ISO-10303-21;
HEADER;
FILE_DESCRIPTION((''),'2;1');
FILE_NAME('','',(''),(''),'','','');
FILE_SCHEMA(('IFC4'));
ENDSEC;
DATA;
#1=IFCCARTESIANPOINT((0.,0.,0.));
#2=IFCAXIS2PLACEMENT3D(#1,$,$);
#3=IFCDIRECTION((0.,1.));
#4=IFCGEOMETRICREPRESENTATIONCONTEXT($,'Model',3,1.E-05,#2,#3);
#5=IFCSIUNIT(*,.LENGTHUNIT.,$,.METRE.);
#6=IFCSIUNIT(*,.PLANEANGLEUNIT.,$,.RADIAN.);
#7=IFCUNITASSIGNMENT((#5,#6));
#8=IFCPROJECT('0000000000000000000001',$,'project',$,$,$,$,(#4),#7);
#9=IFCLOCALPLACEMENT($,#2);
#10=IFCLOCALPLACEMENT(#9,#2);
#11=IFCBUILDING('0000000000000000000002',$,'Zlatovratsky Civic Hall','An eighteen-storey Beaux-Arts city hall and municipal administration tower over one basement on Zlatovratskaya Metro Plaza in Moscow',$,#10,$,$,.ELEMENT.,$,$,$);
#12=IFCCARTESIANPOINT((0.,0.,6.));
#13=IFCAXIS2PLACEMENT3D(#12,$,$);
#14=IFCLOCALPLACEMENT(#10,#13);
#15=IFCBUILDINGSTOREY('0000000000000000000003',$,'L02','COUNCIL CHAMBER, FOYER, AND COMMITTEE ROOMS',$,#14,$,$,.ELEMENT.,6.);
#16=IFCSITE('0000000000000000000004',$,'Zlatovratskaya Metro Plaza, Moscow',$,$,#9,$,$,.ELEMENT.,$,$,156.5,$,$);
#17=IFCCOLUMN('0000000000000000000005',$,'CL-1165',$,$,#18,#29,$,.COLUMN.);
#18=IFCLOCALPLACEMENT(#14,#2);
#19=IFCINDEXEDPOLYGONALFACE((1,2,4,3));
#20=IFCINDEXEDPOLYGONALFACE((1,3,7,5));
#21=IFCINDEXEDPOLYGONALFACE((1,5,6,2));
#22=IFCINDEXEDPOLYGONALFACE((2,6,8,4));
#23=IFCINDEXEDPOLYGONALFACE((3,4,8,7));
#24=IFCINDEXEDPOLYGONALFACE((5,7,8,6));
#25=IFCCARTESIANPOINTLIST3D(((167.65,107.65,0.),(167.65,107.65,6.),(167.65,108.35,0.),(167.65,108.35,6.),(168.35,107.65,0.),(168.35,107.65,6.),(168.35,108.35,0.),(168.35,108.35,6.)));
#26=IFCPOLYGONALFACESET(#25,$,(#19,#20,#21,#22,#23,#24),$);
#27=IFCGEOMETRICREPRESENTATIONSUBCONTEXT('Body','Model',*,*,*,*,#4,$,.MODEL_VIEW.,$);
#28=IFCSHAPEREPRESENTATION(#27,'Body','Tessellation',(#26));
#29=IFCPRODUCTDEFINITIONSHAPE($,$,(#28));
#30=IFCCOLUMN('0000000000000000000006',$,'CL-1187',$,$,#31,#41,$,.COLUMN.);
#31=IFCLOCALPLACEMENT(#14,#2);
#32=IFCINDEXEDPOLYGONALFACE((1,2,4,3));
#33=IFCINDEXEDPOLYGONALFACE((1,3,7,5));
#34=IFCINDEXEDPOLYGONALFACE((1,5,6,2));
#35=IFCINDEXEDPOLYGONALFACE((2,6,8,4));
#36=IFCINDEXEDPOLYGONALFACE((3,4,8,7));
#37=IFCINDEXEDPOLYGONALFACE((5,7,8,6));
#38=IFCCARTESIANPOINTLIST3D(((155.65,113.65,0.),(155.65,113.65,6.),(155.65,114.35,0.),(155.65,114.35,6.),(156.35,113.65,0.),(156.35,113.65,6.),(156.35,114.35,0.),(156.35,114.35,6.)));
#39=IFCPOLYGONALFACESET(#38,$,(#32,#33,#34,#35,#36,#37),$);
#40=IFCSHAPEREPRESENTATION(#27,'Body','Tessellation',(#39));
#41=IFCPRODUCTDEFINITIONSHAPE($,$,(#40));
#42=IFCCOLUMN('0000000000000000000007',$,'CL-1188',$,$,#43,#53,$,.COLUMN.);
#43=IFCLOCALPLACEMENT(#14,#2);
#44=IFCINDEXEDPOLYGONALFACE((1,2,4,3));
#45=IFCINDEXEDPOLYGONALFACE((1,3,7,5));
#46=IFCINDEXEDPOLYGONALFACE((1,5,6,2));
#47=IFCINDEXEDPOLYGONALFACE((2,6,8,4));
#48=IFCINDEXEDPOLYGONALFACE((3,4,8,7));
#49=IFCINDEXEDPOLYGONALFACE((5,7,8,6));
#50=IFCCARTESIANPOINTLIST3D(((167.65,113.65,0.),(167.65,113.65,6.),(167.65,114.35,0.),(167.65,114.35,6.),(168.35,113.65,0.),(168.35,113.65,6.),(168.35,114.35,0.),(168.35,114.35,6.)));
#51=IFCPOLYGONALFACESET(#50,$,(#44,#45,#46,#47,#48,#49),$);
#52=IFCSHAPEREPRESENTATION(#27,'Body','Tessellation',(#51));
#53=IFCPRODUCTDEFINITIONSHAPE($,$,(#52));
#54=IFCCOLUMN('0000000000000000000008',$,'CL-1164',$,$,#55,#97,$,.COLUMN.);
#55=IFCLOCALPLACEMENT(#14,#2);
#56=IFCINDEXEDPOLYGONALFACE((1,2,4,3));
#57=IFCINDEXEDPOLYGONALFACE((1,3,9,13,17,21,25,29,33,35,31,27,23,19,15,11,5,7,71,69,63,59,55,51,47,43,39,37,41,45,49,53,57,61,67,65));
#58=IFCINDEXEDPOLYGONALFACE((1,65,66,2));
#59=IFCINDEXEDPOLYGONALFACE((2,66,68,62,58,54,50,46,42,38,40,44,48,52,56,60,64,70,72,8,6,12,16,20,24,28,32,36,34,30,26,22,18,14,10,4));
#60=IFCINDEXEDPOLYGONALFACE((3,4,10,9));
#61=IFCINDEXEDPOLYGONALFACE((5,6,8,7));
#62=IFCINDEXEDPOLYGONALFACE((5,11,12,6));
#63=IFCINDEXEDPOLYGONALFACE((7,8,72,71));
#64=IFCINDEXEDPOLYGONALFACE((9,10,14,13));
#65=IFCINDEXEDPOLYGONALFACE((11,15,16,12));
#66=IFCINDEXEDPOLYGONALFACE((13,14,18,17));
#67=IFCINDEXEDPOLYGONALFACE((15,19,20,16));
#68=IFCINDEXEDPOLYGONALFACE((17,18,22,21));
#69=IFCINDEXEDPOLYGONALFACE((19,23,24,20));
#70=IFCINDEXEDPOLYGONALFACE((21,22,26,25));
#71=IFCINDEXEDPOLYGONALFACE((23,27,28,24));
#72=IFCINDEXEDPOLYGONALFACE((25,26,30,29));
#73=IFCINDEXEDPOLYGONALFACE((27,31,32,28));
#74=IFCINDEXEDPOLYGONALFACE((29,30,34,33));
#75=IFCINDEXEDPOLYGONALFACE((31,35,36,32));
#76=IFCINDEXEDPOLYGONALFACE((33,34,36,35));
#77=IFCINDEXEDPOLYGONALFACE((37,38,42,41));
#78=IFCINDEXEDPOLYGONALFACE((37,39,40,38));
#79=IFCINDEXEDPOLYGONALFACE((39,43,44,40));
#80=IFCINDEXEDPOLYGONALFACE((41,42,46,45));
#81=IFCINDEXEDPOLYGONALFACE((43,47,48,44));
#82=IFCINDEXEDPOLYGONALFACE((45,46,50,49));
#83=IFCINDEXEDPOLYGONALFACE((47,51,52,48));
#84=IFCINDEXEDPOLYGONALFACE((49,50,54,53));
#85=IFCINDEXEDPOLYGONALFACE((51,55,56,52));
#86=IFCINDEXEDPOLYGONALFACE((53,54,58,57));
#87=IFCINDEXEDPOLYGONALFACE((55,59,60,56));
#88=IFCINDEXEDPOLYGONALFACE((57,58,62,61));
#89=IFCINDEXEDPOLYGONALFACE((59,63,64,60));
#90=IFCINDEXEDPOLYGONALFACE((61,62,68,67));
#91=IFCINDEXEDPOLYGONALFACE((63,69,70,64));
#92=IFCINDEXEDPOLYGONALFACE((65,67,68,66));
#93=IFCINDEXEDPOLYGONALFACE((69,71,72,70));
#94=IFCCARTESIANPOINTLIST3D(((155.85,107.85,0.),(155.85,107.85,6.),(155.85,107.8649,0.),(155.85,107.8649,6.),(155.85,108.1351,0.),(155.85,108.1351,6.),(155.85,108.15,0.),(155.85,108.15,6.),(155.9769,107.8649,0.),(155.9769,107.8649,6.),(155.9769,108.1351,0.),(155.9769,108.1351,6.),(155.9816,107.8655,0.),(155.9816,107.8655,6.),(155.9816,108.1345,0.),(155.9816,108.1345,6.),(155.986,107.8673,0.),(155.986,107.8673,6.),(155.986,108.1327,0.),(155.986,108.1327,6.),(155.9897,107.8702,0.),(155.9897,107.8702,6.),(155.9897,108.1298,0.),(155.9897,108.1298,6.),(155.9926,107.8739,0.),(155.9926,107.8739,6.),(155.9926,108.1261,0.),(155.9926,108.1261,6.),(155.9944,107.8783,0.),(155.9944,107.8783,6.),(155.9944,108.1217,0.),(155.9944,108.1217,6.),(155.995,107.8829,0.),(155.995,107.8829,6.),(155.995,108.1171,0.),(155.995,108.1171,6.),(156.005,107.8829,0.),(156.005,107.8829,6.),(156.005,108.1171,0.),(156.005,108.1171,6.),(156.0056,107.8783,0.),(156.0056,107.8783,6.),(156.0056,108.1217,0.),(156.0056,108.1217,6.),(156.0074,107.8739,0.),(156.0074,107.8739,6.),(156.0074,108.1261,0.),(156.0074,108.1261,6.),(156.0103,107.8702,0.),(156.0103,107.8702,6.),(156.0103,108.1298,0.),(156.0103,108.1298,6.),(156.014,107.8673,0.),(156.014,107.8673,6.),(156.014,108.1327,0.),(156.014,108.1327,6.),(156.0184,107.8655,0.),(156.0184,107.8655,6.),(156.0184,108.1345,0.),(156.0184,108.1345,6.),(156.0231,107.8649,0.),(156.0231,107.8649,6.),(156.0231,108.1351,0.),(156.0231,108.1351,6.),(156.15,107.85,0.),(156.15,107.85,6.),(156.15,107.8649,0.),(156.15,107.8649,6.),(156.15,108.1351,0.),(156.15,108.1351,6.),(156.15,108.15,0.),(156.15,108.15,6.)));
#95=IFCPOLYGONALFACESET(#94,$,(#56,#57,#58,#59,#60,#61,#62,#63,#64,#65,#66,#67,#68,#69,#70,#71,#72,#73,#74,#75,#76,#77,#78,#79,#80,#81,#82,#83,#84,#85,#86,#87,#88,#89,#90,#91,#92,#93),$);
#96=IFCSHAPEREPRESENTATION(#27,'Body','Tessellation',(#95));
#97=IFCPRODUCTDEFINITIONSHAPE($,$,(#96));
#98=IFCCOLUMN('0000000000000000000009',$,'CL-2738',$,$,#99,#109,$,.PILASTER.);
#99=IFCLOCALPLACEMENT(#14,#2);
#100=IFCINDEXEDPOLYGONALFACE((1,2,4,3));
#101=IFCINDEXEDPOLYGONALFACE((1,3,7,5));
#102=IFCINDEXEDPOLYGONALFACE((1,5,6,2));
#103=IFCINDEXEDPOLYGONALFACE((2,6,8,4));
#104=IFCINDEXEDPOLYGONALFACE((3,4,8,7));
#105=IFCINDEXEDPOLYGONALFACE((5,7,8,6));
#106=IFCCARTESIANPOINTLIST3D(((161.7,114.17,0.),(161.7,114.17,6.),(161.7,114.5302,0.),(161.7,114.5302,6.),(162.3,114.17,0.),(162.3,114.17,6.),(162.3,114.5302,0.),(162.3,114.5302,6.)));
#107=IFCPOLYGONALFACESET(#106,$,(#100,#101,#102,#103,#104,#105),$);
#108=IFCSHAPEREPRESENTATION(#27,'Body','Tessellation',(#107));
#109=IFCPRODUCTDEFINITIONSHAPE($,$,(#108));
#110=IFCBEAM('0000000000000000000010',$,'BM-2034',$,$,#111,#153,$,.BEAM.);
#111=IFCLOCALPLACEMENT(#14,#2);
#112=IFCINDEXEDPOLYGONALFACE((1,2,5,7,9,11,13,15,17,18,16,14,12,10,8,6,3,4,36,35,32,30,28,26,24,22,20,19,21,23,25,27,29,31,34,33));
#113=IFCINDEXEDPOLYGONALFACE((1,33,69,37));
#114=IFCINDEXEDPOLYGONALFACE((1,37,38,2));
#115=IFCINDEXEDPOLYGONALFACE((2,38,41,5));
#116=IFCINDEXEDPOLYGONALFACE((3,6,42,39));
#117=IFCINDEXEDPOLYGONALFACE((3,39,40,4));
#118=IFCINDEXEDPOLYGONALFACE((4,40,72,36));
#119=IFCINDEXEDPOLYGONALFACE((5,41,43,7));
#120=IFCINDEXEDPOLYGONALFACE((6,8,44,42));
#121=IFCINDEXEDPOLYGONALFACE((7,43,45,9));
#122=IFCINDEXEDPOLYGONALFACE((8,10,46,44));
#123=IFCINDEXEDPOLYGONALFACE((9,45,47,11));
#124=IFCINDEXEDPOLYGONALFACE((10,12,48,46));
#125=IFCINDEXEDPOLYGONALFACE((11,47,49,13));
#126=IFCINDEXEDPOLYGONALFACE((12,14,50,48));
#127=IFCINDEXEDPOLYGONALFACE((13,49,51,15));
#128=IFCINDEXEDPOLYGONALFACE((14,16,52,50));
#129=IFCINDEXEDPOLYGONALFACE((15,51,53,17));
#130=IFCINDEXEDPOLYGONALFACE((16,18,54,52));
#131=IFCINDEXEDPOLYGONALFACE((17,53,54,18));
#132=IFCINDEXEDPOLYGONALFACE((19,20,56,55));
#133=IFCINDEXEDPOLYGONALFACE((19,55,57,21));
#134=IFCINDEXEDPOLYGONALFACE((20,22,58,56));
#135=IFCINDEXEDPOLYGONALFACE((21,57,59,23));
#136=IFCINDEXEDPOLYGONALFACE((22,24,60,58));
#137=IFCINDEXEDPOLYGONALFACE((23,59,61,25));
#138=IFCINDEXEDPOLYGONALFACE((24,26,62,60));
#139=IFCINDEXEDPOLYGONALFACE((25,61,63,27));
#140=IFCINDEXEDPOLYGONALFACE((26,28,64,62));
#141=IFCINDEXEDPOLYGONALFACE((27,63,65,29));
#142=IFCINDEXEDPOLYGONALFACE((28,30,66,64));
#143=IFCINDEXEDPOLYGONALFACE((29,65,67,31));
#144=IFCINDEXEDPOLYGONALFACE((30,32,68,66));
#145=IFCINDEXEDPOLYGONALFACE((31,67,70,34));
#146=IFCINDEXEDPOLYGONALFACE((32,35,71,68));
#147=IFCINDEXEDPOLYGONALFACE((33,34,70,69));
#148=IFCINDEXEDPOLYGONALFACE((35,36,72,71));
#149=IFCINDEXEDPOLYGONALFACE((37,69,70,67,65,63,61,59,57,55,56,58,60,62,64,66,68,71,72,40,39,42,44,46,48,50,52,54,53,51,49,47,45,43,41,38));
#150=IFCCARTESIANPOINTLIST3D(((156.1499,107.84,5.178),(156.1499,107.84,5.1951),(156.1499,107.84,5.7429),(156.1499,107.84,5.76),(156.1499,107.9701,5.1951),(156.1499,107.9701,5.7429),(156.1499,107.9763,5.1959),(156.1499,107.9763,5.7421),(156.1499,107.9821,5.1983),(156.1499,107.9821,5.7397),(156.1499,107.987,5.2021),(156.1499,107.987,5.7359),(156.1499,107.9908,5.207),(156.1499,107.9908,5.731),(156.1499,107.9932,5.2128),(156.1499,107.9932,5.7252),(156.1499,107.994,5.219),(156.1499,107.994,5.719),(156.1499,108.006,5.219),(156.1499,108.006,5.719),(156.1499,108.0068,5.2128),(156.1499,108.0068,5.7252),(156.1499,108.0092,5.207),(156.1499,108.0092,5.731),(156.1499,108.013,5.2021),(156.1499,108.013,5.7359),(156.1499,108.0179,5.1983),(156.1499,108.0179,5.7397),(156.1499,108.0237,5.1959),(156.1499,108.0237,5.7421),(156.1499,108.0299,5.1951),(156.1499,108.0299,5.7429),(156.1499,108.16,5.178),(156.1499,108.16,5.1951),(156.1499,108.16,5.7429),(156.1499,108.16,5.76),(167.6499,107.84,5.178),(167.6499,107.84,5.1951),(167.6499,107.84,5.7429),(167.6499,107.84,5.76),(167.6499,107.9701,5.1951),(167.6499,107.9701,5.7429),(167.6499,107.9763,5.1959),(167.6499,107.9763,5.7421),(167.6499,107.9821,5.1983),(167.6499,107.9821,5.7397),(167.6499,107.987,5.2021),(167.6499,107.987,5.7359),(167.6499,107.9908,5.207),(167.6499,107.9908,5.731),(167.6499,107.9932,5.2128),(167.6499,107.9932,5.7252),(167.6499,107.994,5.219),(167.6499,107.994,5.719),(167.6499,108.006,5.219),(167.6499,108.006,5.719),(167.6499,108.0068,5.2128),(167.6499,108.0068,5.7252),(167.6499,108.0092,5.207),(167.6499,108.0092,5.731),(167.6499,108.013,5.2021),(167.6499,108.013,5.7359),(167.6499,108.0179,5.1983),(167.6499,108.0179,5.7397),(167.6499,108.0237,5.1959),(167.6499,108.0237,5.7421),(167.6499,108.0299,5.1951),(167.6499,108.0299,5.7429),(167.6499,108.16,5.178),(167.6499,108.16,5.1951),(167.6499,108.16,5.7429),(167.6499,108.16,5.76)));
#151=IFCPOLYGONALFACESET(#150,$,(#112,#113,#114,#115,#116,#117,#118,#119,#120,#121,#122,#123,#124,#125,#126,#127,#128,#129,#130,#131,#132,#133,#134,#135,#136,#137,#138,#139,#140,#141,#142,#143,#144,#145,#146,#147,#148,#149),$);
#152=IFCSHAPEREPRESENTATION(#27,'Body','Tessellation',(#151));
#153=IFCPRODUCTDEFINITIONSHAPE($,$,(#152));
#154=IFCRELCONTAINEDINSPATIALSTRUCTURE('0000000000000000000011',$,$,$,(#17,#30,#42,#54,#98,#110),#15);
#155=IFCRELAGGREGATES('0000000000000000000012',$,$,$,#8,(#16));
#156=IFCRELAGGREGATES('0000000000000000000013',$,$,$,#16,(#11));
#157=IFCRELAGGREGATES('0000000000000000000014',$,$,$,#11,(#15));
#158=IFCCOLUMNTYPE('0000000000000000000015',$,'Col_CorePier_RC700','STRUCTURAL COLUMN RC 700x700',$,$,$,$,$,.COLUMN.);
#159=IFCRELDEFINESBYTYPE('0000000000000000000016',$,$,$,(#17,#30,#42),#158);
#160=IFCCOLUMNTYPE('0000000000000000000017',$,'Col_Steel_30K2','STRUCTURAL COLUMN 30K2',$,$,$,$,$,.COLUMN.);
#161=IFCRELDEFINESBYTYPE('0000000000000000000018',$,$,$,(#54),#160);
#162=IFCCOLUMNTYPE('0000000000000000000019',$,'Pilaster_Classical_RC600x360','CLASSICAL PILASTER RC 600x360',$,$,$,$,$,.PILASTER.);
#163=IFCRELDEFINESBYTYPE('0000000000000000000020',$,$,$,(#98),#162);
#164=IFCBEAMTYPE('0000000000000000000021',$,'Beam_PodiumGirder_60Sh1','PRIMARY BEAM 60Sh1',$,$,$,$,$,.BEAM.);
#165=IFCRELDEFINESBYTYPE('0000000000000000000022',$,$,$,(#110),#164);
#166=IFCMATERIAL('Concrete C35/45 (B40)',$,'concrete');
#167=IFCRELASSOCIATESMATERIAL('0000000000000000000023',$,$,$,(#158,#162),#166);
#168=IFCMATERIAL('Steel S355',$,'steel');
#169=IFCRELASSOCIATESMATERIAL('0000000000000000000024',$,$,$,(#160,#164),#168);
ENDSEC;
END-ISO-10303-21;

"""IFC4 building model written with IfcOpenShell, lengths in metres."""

from ifc_helpers import new_model, si_unit, direction, frame, origin, origin_2d, place, context, subcontext, project, spatial, rectangle, i_section, extrude, material, material_profile, profile_set, type_object, element, save


model = new_model("IFC4")

# Units and contexts
model_context = context("Model", 3, precision=1e-05, world=origin(), true_north=direction((0.0, 1.0)))
body_context = subcontext(model_context, "Body", "Model", "MODEL_VIEW")
ifc_project = project(units=[si_unit("LENGTHUNIT", "METRE"), si_unit("PLANEANGLEUNIT", "RADIAN")], contexts=[model_context])

# Site, building, storey
site_placement = place(None, origin())
site = spatial("IfcSite", under=ifc_project, at=site_placement, Name="Zlatovratskaya Metro Plaza, Moscow", CompositionType="ELEMENT", RefElevation=156.5)
building_placement = place(site_placement, origin())
building = spatial("IfcBuilding", under=site, at=building_placement, Name="Zlatovratsky Civic Hall", Description="An eighteen-storey Beaux-Arts city hall and municipal administration tower over one basement on Zlatovratskaya Metro Plaza in Moscow", CompositionType="ELEMENT")
storey_placement = place(building_placement, frame((0.0, 0.0, 6.0)))
storey = spatial("IfcBuildingStorey", under=building, at=storey_placement, Name="L02", Description="COUNCIL CHAMBER, FOYER, AND COMMITTEE ROOMS", CompositionType="ELEMENT", Elevation=6.0)

# Columns
ifc_material_1 = material(Name="Concrete C35/45 (B40)", Category="concrete")
ifc_material_profile_1 = material_profile(ifc_material_1, rectangle(XDim=0.7, YDim=0.7, at=origin_2d()), Name="RC 700x700")
ifc_profile_set_1 = profile_set([ifc_material_profile_1], Name="Concrete C35/45 (B40)")
column_type_1 = type_object("IfcColumnType", Name="Col_CorePier_RC700", Description="STRUCTURAL COLUMN RC 700x700", PredefinedType="COLUMN", material=ifc_profile_set_1)
for number, where, z_axis, x_axis, name in (
    (1, (168.0, 108.0, 0.0), (0.0, 0.0, 1.0), (1.0, 0.0, 0.0), "CL-1165"),
    (2, (156.0, 114.0, 0.0), (0.0, 0.0, 1.0), (1.0, 0.0, 0.0), "CL-1187"),
    (3, (168.0, 114.0, 0.0), (0.0, 0.0, 1.0), (1.0, 0.0, 0.0), "CL-1188"),
):
    element("IfcColumn", number, at=place(storey_placement, frame(where, z_axis=z_axis, x_axis=x_axis)), inside=storey, type_object=column_type_1, Name=name, PredefinedType="COLUMN", context=body_context, shape_type="SweptSolid", body=[
        extrude(rectangle(XDim=0.7, YDim=0.7, at=origin_2d()), origin(), (0.0, 0.0, 1.0), 6.0),
    ])
ifc_material_2 = material(Name="Steel S355", Category="steel")
ifc_material_profile_2 = material_profile(ifc_material_2, i_section(OverallWidth=0.3, OverallDepth=0.3, WebThickness=0.01, FlangeThickness=0.0149, FilletRadius=0.0181, at=origin_2d()), Name="30K2")
ifc_profile_set_2 = profile_set([ifc_material_profile_2], Name="Steel S355")
column_type_2 = type_object("IfcColumnType", Name="Col_Steel_30K2", Description="STRUCTURAL COLUMN 30K2", PredefinedType="COLUMN", material=ifc_profile_set_2)
column_1_placement = place(storey_placement, frame((156.0, 108.0, 0.0), z_axis=(0.0, 0.0, 1.0), x_axis=(1.0, 0.0, 0.0)))
element("IfcColumn", 4, at=column_1_placement, inside=storey, type_object=column_type_2, Name="CL-1164", PredefinedType="COLUMN", context=body_context, shape_type="SweptSolid", body=[
    extrude(i_section(OverallWidth=0.3, OverallDepth=0.3, WebThickness=0.01, FlangeThickness=0.0149, FilletRadius=0.0181, at=origin_2d()), origin(), (0.0, 0.0, 1.0), 6.0),
])
ifc_material_profile_3 = material_profile(ifc_material_1, rectangle(XDim=0.6001, YDim=0.3601, at=origin_2d()), Name="RC 600x360")
ifc_profile_set_3 = profile_set([ifc_material_profile_3], Name="Concrete C35/45 (B40)")
column_type_3 = type_object("IfcColumnType", Name="Pilaster_Classical_RC600x360", Description="CLASSICAL PILASTER RC 600x360", PredefinedType="PILASTER", material=ifc_profile_set_3)
column_2_placement = place(storey_placement, frame((162.0, 114.3501, 0.0), z_axis=(0.0, 0.0, 1.0), x_axis=(1.0, 0.0, 0.0)))
element("IfcColumn", 5, at=column_2_placement, inside=storey, type_object=column_type_3, Name="CL-2738", PredefinedType="PILASTER", context=body_context, shape_type="SweptSolid", body=[
    extrude(rectangle(XDim=0.6001, YDim=0.3601, at=origin_2d()), origin(), (0.0, 0.0, 1.0), 6.0),
])

# Beam
ifc_material_profile_4 = material_profile(ifc_material_2, i_section(OverallWidth=0.3201, OverallDepth=0.582, WebThickness=0.012, FlangeThickness=0.0171, FilletRadius=0.0239, at=origin_2d()), Name="60Sh1")
ifc_profile_set_4 = profile_set([ifc_material_profile_4], Name="Steel S355")
beam_type_1 = type_object("IfcBeamType", Name="Beam_PodiumGirder_60Sh1", Description="PRIMARY BEAM 60Sh1", PredefinedType="BEAM", material=ifc_profile_set_4)
beam_1_placement = place(storey_placement, frame((156.1499, 108.0, 5.469), z_axis=(1.0, 0.0, 0.0), x_axis=(0.0, 1.0, 0.0)))
element("IfcBeam", 6, at=beam_1_placement, inside=storey, type_object=beam_type_1, Name="BM-2034", PredefinedType="BEAM", context=body_context, shape_type="SweptSolid", body=[
    extrude(i_section(OverallWidth=0.3201, OverallDepth=0.582, WebThickness=0.012, FlangeThickness=0.0171, FilletRadius=0.0239, at=origin_2d()), origin(), (0.0, 0.0, 1.0), 11.5),
])

save(model, "model.ifc")
